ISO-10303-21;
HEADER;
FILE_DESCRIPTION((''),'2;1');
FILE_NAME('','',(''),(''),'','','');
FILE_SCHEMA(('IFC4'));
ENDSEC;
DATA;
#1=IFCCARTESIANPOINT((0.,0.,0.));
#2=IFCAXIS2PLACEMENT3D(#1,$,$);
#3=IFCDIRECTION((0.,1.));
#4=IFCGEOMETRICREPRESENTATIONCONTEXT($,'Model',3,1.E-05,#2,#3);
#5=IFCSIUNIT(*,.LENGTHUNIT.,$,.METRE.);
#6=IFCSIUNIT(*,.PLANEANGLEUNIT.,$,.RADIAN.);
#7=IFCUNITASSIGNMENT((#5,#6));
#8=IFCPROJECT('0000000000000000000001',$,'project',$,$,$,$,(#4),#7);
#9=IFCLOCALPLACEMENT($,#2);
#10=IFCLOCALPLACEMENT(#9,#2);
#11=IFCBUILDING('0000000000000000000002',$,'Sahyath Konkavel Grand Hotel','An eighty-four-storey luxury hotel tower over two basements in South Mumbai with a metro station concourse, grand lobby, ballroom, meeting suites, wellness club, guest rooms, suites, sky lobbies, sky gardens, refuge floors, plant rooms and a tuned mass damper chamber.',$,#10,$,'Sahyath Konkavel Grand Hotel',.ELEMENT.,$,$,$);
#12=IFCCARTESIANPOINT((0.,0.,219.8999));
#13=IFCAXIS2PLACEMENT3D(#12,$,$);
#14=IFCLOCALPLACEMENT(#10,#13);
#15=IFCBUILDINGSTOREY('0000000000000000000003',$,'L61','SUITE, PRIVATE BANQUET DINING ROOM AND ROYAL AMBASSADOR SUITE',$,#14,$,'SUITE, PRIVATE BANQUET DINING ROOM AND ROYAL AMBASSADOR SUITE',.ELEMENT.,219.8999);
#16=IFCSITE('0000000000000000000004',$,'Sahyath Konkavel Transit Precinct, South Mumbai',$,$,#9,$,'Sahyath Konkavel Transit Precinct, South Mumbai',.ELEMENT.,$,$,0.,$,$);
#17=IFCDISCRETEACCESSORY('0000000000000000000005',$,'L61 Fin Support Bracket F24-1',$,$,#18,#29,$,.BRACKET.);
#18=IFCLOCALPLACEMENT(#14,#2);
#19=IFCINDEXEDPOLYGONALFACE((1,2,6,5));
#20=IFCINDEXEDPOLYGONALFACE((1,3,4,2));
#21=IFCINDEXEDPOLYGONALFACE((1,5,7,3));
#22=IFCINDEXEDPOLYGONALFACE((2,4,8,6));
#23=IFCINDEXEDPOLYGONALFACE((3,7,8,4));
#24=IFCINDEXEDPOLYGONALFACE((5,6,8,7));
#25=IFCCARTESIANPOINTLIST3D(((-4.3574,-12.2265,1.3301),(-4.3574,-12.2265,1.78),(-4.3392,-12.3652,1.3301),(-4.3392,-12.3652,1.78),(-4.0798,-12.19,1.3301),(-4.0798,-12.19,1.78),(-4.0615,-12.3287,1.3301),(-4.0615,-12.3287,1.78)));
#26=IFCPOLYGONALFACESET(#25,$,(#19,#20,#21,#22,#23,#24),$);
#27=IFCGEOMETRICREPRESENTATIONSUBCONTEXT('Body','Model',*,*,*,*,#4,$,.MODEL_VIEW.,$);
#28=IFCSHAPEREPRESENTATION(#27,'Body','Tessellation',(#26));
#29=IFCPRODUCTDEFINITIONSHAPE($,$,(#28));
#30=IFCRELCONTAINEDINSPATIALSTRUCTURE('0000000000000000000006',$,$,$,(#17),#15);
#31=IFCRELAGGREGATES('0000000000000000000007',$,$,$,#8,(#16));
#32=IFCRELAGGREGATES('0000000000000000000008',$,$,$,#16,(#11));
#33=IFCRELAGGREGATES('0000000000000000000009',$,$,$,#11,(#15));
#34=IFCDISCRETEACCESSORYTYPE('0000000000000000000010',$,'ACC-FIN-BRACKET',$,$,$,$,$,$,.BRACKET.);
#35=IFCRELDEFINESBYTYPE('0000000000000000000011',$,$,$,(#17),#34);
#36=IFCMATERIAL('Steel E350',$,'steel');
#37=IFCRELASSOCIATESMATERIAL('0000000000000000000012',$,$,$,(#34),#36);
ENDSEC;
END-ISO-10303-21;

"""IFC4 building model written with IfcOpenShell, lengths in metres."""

from ifc_helpers import new_model, si_unit, direction, frame, origin, origin_2d, place, context, subcontext, project, spatial, rectangle, extrude, source, transform, mapped, material, type_object, element, save


model = new_model("IFC4")

# Units and contexts
model_context = context("Model", 3, precision=1e-05, world=origin(), true_north=direction((0.0, 1.0)))
body_context = subcontext(model_context, "Body", "Model", "MODEL_VIEW")
ifc_project = project(units=[si_unit("LENGTHUNIT", "METRE"), si_unit("PLANEANGLEUNIT", "RADIAN")], contexts=[model_context])

# Site, building, storey
site_placement = place(None, origin())
site = spatial("IfcSite", under=ifc_project, at=site_placement, Name="Sahyath Konkavel Transit Precinct, South Mumbai", LongName="Sahyath Konkavel Transit Precinct, South Mumbai", CompositionType="ELEMENT", RefElevation=0.0)
building_placement = place(site_placement, origin())
building = spatial("IfcBuilding", under=site, at=building_placement, Name="Sahyath Konkavel Grand Hotel", Description="An eighty-four-storey luxury hotel tower over two basements in South Mumbai with a metro station concourse, grand lobby, ballroom, meeting suites, wellness club, guest rooms, suites, sky lobbies, sky gardens, refuge floors, plant rooms and a tuned mass damper chamber.", LongName="Sahyath Konkavel Grand Hotel", CompositionType="ELEMENT")
storey_placement = place(building_placement, frame((0.0, 0.0, 219.8999)))
storey = spatial("IfcBuildingStorey", under=building, at=storey_placement, Name="L61", Description="SUITE, PRIVATE BANQUET DINING ROOM AND ROYAL AMBASSADOR SUITE", LongName="SUITE, PRIVATE BANQUET DINING ROOM AND ROYAL AMBASSADOR SUITE", CompositionType="ELEMENT", Elevation=219.8999)

# Discrete accessory
ifc_material_1 = material(Name="Steel E350", Category="steel")
discrete_accessory_type = type_object("IfcDiscreteAccessoryType", Name="ACC-FIN-BRACKET", PredefinedType="BRACKET", material=ifc_material_1)
shared_shape_1 = source(origin(), body_context, "Body", "SweptSolid", [
    extrude(rectangle(XDim=0.28, YDim=0.1399, at=origin_2d()), origin(), (0.0, 0.0, 1.0), 0.45),
])
for number, where, z_axis, x_axis, name in (
    (1, (-4.2095, -12.2776, 1.3301), (0.0, 0.0, 1.0), (-0.991445, -0.130526, 0.0), "L61 Fin Support Bracket F24-1"),
):
    element("IfcDiscreteAccessory", number, at=place(storey_placement, frame(where, z_axis=z_axis, x_axis=x_axis)), inside=storey, type_object=discrete_accessory_type, Name=name, PredefinedType="BRACKET", context=body_context, shape_type="MappedRepresentation", body=[
        mapped(shared_shape_1, transform((0.0, 0.0, 0.0), scale=1.0)),
    ])

save(model, "model.ifc")
